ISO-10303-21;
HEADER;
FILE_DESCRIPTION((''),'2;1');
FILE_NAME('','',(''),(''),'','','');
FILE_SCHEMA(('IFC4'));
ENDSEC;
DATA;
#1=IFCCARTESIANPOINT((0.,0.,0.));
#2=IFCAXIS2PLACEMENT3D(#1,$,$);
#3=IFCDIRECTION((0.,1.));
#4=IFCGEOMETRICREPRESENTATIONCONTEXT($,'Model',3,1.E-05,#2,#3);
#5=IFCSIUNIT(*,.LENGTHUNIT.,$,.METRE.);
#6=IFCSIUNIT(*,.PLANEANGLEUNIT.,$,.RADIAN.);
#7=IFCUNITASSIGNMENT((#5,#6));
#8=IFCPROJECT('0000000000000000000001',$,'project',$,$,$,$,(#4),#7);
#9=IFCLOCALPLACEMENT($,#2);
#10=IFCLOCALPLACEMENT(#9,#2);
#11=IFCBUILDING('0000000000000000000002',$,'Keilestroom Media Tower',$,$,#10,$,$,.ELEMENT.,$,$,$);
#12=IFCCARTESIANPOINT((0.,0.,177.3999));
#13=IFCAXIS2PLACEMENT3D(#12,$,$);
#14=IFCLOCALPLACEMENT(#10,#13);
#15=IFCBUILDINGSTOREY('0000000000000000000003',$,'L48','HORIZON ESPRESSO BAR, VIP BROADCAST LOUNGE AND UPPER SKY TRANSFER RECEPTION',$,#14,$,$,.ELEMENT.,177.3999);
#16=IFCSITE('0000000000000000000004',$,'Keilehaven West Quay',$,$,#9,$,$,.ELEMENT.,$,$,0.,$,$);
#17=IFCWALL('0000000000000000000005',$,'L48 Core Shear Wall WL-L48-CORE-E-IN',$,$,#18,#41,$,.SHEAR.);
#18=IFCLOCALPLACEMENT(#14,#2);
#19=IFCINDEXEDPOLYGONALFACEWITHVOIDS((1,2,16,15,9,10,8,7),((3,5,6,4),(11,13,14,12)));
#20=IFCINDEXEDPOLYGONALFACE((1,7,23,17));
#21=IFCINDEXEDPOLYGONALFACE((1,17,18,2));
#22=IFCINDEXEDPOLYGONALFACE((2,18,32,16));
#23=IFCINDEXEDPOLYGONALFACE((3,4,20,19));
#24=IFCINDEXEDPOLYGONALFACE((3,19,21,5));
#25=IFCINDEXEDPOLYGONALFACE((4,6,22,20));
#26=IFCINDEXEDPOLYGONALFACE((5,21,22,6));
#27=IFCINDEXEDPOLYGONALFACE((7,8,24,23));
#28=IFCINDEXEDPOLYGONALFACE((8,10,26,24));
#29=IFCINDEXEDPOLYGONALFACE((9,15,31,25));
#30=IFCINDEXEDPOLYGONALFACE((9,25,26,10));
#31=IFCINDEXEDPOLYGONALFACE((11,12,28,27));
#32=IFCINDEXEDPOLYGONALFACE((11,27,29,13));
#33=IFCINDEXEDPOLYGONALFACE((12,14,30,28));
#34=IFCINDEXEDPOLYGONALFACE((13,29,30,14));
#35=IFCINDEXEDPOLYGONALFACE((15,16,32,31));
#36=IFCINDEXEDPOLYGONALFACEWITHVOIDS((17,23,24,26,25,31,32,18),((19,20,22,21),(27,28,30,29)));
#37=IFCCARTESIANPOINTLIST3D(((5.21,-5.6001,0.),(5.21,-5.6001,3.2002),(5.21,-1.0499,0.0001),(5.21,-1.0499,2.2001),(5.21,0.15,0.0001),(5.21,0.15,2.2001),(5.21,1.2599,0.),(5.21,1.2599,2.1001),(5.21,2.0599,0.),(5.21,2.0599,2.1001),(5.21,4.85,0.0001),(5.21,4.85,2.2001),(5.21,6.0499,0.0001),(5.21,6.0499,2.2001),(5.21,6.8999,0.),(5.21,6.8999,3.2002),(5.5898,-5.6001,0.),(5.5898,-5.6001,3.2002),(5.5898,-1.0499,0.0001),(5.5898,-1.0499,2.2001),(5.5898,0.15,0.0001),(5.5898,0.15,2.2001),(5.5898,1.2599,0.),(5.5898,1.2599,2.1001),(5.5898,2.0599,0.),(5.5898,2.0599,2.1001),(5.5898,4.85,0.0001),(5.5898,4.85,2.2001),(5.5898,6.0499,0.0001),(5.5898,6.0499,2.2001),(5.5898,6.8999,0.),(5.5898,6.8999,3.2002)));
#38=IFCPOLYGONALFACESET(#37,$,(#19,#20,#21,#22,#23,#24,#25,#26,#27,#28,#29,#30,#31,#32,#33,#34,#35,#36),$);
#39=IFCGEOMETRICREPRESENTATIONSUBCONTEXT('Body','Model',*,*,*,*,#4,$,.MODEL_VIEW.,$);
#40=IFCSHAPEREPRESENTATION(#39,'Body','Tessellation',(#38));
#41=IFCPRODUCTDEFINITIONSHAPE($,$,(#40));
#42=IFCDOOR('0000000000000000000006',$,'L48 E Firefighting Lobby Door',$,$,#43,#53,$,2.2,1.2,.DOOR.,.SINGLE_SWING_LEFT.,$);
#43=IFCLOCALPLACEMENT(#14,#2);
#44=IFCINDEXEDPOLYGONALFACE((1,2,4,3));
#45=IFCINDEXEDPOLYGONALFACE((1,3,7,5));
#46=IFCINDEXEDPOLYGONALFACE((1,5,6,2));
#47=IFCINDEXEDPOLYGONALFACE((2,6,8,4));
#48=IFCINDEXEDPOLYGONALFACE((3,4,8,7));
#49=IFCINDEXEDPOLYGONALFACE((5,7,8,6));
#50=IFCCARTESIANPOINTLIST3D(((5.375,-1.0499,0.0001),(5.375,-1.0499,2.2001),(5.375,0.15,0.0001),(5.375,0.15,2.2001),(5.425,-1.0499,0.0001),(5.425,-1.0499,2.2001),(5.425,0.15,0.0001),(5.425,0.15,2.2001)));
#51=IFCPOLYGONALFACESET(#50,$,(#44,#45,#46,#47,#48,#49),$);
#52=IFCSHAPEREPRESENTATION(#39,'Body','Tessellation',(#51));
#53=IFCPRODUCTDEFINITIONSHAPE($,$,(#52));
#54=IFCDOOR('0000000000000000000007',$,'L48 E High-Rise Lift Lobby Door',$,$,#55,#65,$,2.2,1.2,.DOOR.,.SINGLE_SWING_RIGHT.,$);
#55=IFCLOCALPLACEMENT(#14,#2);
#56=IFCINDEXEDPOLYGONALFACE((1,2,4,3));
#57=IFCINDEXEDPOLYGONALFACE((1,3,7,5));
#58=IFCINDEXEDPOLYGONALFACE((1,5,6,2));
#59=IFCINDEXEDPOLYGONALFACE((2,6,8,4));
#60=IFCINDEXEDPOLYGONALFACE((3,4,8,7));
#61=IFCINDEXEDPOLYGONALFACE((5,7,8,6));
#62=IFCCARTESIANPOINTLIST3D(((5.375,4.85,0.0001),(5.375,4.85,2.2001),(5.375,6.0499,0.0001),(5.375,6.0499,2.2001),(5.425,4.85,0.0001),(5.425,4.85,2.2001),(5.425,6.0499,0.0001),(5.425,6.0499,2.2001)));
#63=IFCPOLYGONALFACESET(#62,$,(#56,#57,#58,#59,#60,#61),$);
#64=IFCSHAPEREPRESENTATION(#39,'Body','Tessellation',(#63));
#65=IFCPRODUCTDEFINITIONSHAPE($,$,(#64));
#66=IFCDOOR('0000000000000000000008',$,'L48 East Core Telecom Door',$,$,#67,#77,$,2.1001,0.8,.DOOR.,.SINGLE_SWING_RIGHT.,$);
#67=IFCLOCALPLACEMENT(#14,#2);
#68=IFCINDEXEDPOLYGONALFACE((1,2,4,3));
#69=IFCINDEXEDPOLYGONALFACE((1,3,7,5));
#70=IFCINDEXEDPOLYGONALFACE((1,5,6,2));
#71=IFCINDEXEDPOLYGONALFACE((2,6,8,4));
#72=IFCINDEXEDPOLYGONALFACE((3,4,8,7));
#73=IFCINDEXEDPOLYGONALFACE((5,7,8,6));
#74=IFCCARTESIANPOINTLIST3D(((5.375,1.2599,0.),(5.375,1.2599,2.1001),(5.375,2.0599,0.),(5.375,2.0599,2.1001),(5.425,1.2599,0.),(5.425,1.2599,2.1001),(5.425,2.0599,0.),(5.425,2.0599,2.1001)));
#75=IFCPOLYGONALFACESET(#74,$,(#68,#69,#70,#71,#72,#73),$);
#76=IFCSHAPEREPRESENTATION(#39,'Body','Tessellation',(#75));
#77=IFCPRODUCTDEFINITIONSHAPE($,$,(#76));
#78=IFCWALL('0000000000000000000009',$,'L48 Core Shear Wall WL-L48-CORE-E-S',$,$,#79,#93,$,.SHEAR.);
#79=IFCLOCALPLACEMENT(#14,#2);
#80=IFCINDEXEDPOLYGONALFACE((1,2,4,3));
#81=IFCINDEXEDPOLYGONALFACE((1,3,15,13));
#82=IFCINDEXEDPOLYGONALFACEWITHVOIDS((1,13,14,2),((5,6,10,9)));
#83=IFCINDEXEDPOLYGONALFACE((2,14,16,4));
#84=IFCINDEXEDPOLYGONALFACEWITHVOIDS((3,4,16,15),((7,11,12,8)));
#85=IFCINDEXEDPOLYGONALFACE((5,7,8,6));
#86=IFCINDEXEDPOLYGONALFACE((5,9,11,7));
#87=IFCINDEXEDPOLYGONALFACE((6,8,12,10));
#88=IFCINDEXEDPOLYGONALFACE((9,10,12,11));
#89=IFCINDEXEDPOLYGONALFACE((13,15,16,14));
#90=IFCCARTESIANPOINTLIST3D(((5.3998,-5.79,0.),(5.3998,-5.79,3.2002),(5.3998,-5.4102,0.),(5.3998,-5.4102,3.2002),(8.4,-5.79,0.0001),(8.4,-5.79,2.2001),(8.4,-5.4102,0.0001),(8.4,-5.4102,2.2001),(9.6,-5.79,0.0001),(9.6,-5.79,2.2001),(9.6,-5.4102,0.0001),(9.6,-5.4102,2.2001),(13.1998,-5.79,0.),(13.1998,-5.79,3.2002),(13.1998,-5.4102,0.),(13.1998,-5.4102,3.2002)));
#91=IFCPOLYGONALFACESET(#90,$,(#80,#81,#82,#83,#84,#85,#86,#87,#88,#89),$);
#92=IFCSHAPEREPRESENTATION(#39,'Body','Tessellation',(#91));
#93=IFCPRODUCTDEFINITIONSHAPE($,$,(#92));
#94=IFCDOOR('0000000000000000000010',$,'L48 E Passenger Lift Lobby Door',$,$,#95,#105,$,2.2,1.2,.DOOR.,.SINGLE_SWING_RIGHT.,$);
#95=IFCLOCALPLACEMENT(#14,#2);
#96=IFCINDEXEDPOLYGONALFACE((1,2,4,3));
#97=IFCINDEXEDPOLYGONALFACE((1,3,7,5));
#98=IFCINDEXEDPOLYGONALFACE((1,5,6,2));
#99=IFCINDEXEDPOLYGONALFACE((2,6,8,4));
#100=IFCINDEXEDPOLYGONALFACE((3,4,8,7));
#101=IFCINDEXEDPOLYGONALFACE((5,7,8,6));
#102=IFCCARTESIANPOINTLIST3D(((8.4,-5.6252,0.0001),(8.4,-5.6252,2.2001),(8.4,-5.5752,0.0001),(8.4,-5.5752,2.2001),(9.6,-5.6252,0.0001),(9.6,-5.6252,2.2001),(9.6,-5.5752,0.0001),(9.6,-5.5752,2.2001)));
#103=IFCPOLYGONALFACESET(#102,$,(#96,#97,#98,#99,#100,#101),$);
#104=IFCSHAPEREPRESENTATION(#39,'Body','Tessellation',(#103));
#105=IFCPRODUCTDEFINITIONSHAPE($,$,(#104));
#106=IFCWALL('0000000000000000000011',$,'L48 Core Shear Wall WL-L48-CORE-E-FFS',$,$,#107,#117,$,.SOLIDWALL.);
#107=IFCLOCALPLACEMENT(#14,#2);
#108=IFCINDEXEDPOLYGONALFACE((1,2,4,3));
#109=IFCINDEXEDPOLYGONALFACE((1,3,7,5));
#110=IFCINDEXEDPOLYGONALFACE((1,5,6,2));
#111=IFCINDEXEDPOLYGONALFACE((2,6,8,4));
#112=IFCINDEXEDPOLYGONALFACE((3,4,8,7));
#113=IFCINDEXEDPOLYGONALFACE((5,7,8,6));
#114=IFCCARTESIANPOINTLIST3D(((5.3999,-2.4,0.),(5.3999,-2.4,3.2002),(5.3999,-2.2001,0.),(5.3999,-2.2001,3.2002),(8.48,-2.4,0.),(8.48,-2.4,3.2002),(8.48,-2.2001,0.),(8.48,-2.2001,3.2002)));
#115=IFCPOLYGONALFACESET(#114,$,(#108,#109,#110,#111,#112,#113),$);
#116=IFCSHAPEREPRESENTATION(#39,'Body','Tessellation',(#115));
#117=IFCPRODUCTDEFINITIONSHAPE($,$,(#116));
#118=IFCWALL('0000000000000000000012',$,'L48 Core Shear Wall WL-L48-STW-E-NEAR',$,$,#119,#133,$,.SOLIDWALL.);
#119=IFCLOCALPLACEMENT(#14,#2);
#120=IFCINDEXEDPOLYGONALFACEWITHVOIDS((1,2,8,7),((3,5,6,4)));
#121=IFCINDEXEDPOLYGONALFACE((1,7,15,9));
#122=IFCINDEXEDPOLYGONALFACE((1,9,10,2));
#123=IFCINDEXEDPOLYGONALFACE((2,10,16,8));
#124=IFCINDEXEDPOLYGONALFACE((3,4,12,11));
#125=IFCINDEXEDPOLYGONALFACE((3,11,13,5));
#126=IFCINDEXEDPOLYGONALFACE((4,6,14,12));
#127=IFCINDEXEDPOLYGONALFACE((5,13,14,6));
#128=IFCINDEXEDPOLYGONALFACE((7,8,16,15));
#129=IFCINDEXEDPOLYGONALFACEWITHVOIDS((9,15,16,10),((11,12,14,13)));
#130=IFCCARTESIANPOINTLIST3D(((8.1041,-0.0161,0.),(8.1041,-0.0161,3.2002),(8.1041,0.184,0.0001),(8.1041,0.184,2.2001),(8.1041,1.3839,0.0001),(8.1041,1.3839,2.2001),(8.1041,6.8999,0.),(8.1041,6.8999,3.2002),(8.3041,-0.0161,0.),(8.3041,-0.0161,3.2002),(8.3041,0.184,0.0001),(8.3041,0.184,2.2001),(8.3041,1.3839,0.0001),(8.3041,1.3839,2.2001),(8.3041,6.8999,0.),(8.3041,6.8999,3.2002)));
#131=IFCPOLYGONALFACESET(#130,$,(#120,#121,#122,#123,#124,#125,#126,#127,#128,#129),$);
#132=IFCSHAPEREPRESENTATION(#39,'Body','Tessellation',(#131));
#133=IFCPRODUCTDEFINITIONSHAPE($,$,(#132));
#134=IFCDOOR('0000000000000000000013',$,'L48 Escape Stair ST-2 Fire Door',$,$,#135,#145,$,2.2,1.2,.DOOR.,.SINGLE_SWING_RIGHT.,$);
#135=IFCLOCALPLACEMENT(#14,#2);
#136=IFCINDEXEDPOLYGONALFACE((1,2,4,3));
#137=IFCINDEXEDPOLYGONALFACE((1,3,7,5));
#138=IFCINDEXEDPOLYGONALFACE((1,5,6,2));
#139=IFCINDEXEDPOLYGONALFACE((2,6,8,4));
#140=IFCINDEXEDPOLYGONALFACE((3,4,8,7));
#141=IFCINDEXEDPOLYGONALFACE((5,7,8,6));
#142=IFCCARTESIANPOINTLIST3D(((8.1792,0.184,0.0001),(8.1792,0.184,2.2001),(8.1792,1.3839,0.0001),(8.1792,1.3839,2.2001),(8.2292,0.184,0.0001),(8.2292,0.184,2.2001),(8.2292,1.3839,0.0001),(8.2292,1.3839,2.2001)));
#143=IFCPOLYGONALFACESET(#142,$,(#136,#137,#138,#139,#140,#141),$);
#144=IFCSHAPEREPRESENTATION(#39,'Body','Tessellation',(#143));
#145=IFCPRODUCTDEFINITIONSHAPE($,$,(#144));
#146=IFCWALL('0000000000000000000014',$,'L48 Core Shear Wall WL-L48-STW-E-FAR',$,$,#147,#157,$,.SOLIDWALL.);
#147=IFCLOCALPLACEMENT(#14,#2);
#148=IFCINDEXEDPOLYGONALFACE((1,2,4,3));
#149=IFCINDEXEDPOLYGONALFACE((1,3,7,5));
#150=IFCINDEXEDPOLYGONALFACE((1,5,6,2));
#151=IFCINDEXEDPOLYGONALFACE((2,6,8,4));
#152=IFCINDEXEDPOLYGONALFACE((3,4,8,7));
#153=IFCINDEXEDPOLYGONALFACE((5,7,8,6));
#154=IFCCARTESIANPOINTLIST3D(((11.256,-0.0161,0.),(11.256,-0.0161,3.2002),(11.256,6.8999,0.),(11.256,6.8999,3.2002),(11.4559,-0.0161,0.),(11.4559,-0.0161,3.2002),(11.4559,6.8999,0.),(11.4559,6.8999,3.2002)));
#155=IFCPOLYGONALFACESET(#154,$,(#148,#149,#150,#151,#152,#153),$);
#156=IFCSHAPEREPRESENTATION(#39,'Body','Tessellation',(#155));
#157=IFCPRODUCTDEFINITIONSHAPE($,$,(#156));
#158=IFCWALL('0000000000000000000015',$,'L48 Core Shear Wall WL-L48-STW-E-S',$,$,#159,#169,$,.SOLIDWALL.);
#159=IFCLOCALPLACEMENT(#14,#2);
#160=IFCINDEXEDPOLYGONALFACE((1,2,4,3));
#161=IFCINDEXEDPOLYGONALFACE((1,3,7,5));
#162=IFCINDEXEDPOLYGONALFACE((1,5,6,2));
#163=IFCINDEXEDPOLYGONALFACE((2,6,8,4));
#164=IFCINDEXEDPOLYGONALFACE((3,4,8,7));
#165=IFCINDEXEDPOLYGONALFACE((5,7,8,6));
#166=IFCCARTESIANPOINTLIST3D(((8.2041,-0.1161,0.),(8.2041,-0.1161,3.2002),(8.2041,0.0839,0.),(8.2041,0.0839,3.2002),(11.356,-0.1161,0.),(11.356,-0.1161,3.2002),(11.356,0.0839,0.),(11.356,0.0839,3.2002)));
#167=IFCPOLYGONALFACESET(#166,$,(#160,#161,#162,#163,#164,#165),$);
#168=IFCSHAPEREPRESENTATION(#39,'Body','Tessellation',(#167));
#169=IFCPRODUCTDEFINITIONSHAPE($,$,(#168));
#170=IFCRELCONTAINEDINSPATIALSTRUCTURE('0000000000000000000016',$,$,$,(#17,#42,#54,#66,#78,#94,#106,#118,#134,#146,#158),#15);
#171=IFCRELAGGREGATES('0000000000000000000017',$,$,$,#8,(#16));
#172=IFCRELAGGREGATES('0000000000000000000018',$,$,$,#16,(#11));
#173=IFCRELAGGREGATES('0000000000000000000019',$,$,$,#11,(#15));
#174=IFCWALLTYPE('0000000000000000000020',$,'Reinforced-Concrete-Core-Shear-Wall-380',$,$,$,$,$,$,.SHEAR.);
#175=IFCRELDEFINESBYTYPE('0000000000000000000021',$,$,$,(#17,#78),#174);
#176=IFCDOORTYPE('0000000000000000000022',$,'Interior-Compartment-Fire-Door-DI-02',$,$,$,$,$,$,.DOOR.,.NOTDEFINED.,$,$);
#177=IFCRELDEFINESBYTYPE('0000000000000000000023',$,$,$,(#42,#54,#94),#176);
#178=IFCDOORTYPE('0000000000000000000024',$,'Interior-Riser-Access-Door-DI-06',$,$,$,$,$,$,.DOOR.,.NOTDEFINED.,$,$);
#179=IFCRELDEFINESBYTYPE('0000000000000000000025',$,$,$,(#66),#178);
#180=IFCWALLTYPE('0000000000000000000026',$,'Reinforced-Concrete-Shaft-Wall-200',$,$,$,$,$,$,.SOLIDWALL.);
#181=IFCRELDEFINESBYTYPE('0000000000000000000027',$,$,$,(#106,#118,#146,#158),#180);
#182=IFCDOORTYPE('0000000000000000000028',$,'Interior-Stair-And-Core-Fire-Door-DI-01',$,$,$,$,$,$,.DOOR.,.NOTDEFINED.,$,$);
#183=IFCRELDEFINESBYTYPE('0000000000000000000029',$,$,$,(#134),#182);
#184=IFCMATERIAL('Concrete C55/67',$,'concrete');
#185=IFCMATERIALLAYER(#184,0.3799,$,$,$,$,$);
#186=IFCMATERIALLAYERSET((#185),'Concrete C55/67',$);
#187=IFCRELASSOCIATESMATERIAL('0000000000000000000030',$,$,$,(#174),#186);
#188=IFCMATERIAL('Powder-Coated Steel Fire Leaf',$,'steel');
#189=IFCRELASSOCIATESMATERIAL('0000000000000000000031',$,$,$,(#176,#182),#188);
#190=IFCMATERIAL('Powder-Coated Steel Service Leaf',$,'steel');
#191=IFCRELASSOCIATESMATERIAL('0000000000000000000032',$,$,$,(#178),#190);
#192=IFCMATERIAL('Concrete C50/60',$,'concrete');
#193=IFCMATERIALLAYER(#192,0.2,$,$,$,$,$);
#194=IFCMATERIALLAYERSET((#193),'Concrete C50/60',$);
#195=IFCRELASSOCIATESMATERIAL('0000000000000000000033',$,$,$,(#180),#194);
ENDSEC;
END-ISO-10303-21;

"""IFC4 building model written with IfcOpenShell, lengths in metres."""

from ifc_helpers import new_model, si_unit, direction, frame, frame_2d, origin, place, context, subcontext, project, spatial, rectangle, extrude, source, transform, mapped, material, layer, layer_set, type_object, element, fill, save


model = new_model("IFC4")

# Units and contexts
model_context = context("Model", 3, precision=1e-05, world=origin(), true_north=direction((0.0, 1.0)))
body_context = subcontext(model_context, "Body", "Model", "MODEL_VIEW")
ifc_project = project(units=[si_unit("LENGTHUNIT", "METRE"), si_unit("PLANEANGLEUNIT", "RADIAN")], contexts=[model_context])

# Site, building, storey
site_placement = place(None, origin())
site = spatial("IfcSite", under=ifc_project, at=site_placement, Name="Keilehaven West Quay", CompositionType="ELEMENT", RefElevation=0.0)
building_placement = place(site_placement, origin())
building = spatial("IfcBuilding", under=site, at=building_placement, Name="Keilestroom Media Tower", CompositionType="ELEMENT")
storey_placement = place(building_placement, frame((0.0, 0.0, 177.3999)))
storey = spatial("IfcBuildingStorey", under=building, at=storey_placement, Name="L48", Description="HORIZON ESPRESSO BAR, VIP BROADCAST LOUNGE AND UPPER SKY TRANSFER RECEPTION", CompositionType="ELEMENT", Elevation=177.3999)

# Shared definitions
ifc_material_1 = material(Name="Concrete C55/67", Category="concrete")
ifc_layer_1 = layer(ifc_material_1, 0.3799)
ifc_layer_set_1 = layer_set([ifc_layer_1], Name="Concrete C55/67")
wall_type_1 = type_object("IfcWallType", Name="Reinforced-Concrete-Core-Shear-Wall-380", PredefinedType="SHEAR", material=ifc_layer_set_1)

# Wall, openings, doors
wall_1_placement = place(storey_placement, frame((5.3999, -5.6001, 0.0), z_axis=(0.0, 0.0, 1.0), x_axis=(0.0, 1.0, 0.0)))
wall_1 = element("IfcWall", 1, at=wall_1_placement, inside=storey, type_object=wall_type_1, Name="L48 Core Shear Wall WL-L48-CORE-E-IN", PredefinedType="SHEAR", context=body_context, shape_type="SweptSolid", body=[
    extrude(rectangle(XDim=12.5, YDim=0.3799, at=frame_2d((6.25, 0.0))), origin(), (0.0, 0.0, 1.0), 3.2002),
])
opening_1_placement = place(wall_1_placement, frame((4.55, 0.0, 0.0)))
opening_1 = element("IfcOpeningElement", 2, at=opening_1_placement, cuts=wall_1, PredefinedType="OPENING", context=body_context, shape_type="SweptSolid", body=[
    extrude(rectangle(XDim=1.2, YDim=2.2, at=frame_2d((0.6001, 1.1001))), frame((0.0, 0.2, 0.0), z_axis=(0.0, -1.0, 0.0), x_axis=(1.0, 0.0, 0.0)), (0.0, 0.0, 1.0), 0.3999),
])
opening_2_placement = place(wall_1_placement, frame((10.45, 0.0, 0.0)))
opening_2 = element("IfcOpeningElement", 3, at=opening_2_placement, cuts=wall_1, PredefinedType="OPENING", context=body_context, shape_type="SweptSolid", body=[
    extrude(rectangle(XDim=1.2, YDim=2.2, at=frame_2d((0.6001, 1.1001))), frame((0.0, 0.2, 0.0), z_axis=(0.0, -1.0, 0.0), x_axis=(1.0, 0.0, 0.0)), (0.0, 0.0, 1.0), 0.3999),
])
opening_3_placement = place(wall_1_placement, frame((6.8601, 0.0, 0.0)))
opening_3 = element("IfcOpeningElement", 4, at=opening_3_placement, cuts=wall_1, PredefinedType="OPENING", context=body_context, shape_type="SweptSolid", body=[
    extrude(rectangle(XDim=0.8, YDim=2.1001, at=frame_2d((0.3999, 1.05))), frame((0.0, 0.2, 0.0), z_axis=(0.0, -1.0, 0.0), x_axis=(1.0, 0.0, 0.0)), (0.0, 0.0, 1.0), 0.3999),
])
ifc_material_2 = material(Name="Powder-Coated Steel Fire Leaf", Category="steel")
door_type_1 = type_object("IfcDoorType", Name="Interior-Compartment-Fire-Door-DI-02", OperationType="NOTDEFINED", PredefinedType="DOOR", material=ifc_material_2)
shared_shape_1 = source(origin(), body_context, "Body", "SweptSolid", [
    extrude(rectangle(XDim=1.2, YDim=2.2, at=frame_2d((0.6001, 1.1001))), frame((0.0, 0.0249, 0.0), z_axis=(0.0, -1.0, 0.0), x_axis=(1.0, 0.0, 0.0)), (0.0, 0.0, 1.0), 0.05),
])
door_1_placement = place(opening_1_placement, origin())
door_1 = element("IfcDoor", 5, at=door_1_placement, inside=storey, type_object=door_type_1, Name="L48 E Firefighting Lobby Door", OperationType="SINGLE_SWING_LEFT", OverallHeight=2.2, OverallWidth=1.2, PredefinedType="DOOR", context=body_context, shape_type="MappedRepresentation", body=[
    mapped(shared_shape_1, transform((0.0, 0.0, 0.0), x_axis=(1.0, 0.0, 0.0), y_axis=(0.0, 1.0, 0.0), z_axis=(0.0, 0.0, 1.0), scale=1.0)),
])
fill(opening_1, door_1)
door_2_placement = place(opening_2_placement, origin())
door_2 = element("IfcDoor", 6, at=door_2_placement, inside=storey, type_object=door_type_1, Name="L48 E High-Rise Lift Lobby Door", OperationType="SINGLE_SWING_RIGHT", OverallHeight=2.2, OverallWidth=1.2, PredefinedType="DOOR", context=body_context, shape_type="MappedRepresentation", body=[
    mapped(shared_shape_1, transform((0.0, 0.0, 0.0), x_axis=(1.0, 0.0, 0.0), y_axis=(0.0, 1.0, 0.0), z_axis=(0.0, 0.0, 1.0), scale=1.0)),
])
fill(opening_2, door_2)
ifc_material_3 = material(Name="Powder-Coated Steel Service Leaf", Category="steel")
door_type_2 = type_object("IfcDoorType", Name="Interior-Riser-Access-Door-DI-06", OperationType="NOTDEFINED", PredefinedType="DOOR", material=ifc_material_3)
shared_shape_2 = source(origin(), body_context, "Body", "SweptSolid", [
    extrude(rectangle(XDim=0.8, YDim=2.1001, at=frame_2d((0.3999, 1.05))), frame((0.0, 0.0249, 0.0), z_axis=(0.0, -1.0, 0.0), x_axis=(1.0, 0.0, 0.0)), (0.0, 0.0, 1.0), 0.05),
])
door_3_placement = place(opening_3_placement, origin())
door_3 = element("IfcDoor", 7, at=door_3_placement, inside=storey, type_object=door_type_2, Name="L48 East Core Telecom Door", OperationType="SINGLE_SWING_RIGHT", OverallHeight=2.1001, OverallWidth=0.8, PredefinedType="DOOR", context=body_context, shape_type="MappedRepresentation", body=[
    mapped(shared_shape_2, transform((0.0, 0.0, 0.0), x_axis=(1.0, 0.0, 0.0), y_axis=(0.0, 1.0, 0.0), z_axis=(0.0, 0.0, 1.0), scale=1.0)),
])
fill(opening_3, door_3)

# Wall, opening, door
wall_2_placement = place(storey_placement, frame((5.3999, -5.6001, 0.0), z_axis=(0.0, 0.0, 1.0), x_axis=(1.0, 0.0, 0.0)))
wall_2 = element("IfcWall", 8, at=wall_2_placement, inside=storey, type_object=wall_type_1, Name="L48 Core Shear Wall WL-L48-CORE-E-S", PredefinedType="SHEAR", context=body_context, shape_type="SweptSolid", body=[
    extrude(rectangle(XDim=7.8, YDim=0.3799, at=frame_2d((3.8999, 0.0))), origin(), (0.0, 0.0, 1.0), 3.2002),
])
opening_4_placement = place(wall_2_placement, frame((3.0, 0.0, 0.0)))
opening_4 = element("IfcOpeningElement", 9, at=opening_4_placement, cuts=wall_2, PredefinedType="OPENING", context=body_context, shape_type="SweptSolid", body=[
    extrude(rectangle(XDim=1.2, YDim=2.2, at=frame_2d((0.6001, 1.1001))), frame((0.0, 0.2, 0.0), z_axis=(0.0, -1.0, 0.0), x_axis=(1.0, 0.0, 0.0)), (0.0, 0.0, 1.0), 0.3999),
])
door_4_placement = place(opening_4_placement, origin())
door_4 = element("IfcDoor", 10, at=door_4_placement, inside=storey, type_object=door_type_1, Name="L48 E Passenger Lift Lobby Door", OperationType="SINGLE_SWING_RIGHT", OverallHeight=2.2, OverallWidth=1.2, PredefinedType="DOOR", context=body_context, shape_type="MappedRepresentation", body=[
    mapped(shared_shape_1, transform((0.0, 0.0, 0.0), x_axis=(1.0, 0.0, 0.0), y_axis=(0.0, 1.0, 0.0), z_axis=(0.0, 0.0, 1.0), scale=1.0)),
])
fill(opening_4, door_4)

# Wall
ifc_material_4 = material(Name="Concrete C50/60", Category="concrete")
ifc_layer_2 = layer(ifc_material_4, 0.2)
ifc_layer_set_2 = layer_set([ifc_layer_2], Name="Concrete C50/60")
wall_type_2 = type_object("IfcWallType", Name="Reinforced-Concrete-Shaft-Wall-200", PredefinedType="SOLIDWALL", material=ifc_layer_set_2)
wall_3_placement = place(storey_placement, frame((5.3999, -2.3, 0.0), z_axis=(0.0, 0.0, 1.0), x_axis=(1.0, 0.0, 0.0)))
element("IfcWall", 11, at=wall_3_placement, inside=storey, type_object=wall_type_2, Name="L48 Core Shear Wall WL-L48-CORE-E-FFS", PredefinedType="SOLIDWALL", context=body_context, shape_type="SweptSolid", body=[
    extrude(rectangle(XDim=3.0801, YDim=0.2, at=frame_2d((1.54, 0.0))), origin(), (0.0, 0.0, 1.0), 3.2002),
])

# Wall, opening, door
wall_4_placement = place(storey_placement, frame((8.2041, -0.0161, 0.0), z_axis=(0.0, 0.0, 1.0), x_axis=(0.0, 1.0, 0.0)))
wall_4 = element("IfcWall", 12, at=wall_4_placement, inside=storey, type_object=wall_type_2, Name="L48 Core Shear Wall WL-L48-STW-E-NEAR", PredefinedType="SOLIDWALL", context=body_context, shape_type="SweptSolid", body=[
    extrude(rectangle(XDim=6.916, YDim=0.2, at=frame_2d((3.458, 0.0))), origin(), (0.0, 0.0, 1.0), 3.2002),
])
opening_5_placement = place(wall_4_placement, frame((0.2, 0.0, 0.0)))
opening_5 = element("IfcOpeningElement", 13, at=opening_5_placement, cuts=wall_4, PredefinedType="OPENING", context=body_context, shape_type="SweptSolid", body=[
    extrude(rectangle(XDim=1.2, YDim=2.2, at=frame_2d((0.6001, 1.1001))), frame((0.0, 0.1099, 0.0), z_axis=(0.0, -1.0, 0.0), x_axis=(1.0, 0.0, 0.0)), (0.0, 0.0, 1.0), 0.22),
])
door_type_3 = type_object("IfcDoorType", Name="Interior-Stair-And-Core-Fire-Door-DI-01", OperationType="NOTDEFINED", PredefinedType="DOOR", material=ifc_material_2)
door_5_placement = place(opening_5_placement, origin())
door_5 = element("IfcDoor", 14, at=door_5_placement, inside=storey, type_object=door_type_3, Name="L48 Escape Stair ST-2 Fire Door", OperationType="SINGLE_SWING_RIGHT", OverallHeight=2.2, OverallWidth=1.2, PredefinedType="DOOR", context=body_context, shape_type="MappedRepresentation", body=[
    mapped(shared_shape_1, transform((0.0, 0.0, 0.0), x_axis=(1.0, 0.0, 0.0), y_axis=(0.0, 1.0, 0.0), z_axis=(0.0, 0.0, 1.0), scale=1.0)),
])
fill(opening_5, door_5)

# Walls
wall_5_placement = place(storey_placement, frame((11.356, -0.0161, 0.0), z_axis=(0.0, 0.0, 1.0), x_axis=(0.0, 1.0, 0.0)))
element("IfcWall", 15, at=wall_5_placement, inside=storey, type_object=wall_type_2, Name="L48 Core Shear Wall WL-L48-STW-E-FAR", PredefinedType="SOLIDWALL", context=body_context, shape_type="SweptSolid", body=[
    extrude(rectangle(XDim=6.916, YDim=0.2, at=frame_2d((3.458, 0.0))), origin(), (0.0, 0.0, 1.0), 3.2002),
])
wall_6_placement = place(storey_placement, frame((8.2041, -0.0161, 0.0), z_axis=(0.0, 0.0, 1.0), x_axis=(1.0, 0.0, 0.0)))
element("IfcWall", 16, at=wall_6_placement, inside=storey, type_object=wall_type_2, Name="L48 Core Shear Wall WL-L48-STW-E-S", PredefinedType="SOLIDWALL", context=body_context, shape_type="SweptSolid", body=[
    extrude(rectangle(XDim=3.1519, YDim=0.2, at=frame_2d((1.5759, 0.0))), origin(), (0.0, 0.0, 1.0), 3.2002),
])

save(model, "model.ifc")
